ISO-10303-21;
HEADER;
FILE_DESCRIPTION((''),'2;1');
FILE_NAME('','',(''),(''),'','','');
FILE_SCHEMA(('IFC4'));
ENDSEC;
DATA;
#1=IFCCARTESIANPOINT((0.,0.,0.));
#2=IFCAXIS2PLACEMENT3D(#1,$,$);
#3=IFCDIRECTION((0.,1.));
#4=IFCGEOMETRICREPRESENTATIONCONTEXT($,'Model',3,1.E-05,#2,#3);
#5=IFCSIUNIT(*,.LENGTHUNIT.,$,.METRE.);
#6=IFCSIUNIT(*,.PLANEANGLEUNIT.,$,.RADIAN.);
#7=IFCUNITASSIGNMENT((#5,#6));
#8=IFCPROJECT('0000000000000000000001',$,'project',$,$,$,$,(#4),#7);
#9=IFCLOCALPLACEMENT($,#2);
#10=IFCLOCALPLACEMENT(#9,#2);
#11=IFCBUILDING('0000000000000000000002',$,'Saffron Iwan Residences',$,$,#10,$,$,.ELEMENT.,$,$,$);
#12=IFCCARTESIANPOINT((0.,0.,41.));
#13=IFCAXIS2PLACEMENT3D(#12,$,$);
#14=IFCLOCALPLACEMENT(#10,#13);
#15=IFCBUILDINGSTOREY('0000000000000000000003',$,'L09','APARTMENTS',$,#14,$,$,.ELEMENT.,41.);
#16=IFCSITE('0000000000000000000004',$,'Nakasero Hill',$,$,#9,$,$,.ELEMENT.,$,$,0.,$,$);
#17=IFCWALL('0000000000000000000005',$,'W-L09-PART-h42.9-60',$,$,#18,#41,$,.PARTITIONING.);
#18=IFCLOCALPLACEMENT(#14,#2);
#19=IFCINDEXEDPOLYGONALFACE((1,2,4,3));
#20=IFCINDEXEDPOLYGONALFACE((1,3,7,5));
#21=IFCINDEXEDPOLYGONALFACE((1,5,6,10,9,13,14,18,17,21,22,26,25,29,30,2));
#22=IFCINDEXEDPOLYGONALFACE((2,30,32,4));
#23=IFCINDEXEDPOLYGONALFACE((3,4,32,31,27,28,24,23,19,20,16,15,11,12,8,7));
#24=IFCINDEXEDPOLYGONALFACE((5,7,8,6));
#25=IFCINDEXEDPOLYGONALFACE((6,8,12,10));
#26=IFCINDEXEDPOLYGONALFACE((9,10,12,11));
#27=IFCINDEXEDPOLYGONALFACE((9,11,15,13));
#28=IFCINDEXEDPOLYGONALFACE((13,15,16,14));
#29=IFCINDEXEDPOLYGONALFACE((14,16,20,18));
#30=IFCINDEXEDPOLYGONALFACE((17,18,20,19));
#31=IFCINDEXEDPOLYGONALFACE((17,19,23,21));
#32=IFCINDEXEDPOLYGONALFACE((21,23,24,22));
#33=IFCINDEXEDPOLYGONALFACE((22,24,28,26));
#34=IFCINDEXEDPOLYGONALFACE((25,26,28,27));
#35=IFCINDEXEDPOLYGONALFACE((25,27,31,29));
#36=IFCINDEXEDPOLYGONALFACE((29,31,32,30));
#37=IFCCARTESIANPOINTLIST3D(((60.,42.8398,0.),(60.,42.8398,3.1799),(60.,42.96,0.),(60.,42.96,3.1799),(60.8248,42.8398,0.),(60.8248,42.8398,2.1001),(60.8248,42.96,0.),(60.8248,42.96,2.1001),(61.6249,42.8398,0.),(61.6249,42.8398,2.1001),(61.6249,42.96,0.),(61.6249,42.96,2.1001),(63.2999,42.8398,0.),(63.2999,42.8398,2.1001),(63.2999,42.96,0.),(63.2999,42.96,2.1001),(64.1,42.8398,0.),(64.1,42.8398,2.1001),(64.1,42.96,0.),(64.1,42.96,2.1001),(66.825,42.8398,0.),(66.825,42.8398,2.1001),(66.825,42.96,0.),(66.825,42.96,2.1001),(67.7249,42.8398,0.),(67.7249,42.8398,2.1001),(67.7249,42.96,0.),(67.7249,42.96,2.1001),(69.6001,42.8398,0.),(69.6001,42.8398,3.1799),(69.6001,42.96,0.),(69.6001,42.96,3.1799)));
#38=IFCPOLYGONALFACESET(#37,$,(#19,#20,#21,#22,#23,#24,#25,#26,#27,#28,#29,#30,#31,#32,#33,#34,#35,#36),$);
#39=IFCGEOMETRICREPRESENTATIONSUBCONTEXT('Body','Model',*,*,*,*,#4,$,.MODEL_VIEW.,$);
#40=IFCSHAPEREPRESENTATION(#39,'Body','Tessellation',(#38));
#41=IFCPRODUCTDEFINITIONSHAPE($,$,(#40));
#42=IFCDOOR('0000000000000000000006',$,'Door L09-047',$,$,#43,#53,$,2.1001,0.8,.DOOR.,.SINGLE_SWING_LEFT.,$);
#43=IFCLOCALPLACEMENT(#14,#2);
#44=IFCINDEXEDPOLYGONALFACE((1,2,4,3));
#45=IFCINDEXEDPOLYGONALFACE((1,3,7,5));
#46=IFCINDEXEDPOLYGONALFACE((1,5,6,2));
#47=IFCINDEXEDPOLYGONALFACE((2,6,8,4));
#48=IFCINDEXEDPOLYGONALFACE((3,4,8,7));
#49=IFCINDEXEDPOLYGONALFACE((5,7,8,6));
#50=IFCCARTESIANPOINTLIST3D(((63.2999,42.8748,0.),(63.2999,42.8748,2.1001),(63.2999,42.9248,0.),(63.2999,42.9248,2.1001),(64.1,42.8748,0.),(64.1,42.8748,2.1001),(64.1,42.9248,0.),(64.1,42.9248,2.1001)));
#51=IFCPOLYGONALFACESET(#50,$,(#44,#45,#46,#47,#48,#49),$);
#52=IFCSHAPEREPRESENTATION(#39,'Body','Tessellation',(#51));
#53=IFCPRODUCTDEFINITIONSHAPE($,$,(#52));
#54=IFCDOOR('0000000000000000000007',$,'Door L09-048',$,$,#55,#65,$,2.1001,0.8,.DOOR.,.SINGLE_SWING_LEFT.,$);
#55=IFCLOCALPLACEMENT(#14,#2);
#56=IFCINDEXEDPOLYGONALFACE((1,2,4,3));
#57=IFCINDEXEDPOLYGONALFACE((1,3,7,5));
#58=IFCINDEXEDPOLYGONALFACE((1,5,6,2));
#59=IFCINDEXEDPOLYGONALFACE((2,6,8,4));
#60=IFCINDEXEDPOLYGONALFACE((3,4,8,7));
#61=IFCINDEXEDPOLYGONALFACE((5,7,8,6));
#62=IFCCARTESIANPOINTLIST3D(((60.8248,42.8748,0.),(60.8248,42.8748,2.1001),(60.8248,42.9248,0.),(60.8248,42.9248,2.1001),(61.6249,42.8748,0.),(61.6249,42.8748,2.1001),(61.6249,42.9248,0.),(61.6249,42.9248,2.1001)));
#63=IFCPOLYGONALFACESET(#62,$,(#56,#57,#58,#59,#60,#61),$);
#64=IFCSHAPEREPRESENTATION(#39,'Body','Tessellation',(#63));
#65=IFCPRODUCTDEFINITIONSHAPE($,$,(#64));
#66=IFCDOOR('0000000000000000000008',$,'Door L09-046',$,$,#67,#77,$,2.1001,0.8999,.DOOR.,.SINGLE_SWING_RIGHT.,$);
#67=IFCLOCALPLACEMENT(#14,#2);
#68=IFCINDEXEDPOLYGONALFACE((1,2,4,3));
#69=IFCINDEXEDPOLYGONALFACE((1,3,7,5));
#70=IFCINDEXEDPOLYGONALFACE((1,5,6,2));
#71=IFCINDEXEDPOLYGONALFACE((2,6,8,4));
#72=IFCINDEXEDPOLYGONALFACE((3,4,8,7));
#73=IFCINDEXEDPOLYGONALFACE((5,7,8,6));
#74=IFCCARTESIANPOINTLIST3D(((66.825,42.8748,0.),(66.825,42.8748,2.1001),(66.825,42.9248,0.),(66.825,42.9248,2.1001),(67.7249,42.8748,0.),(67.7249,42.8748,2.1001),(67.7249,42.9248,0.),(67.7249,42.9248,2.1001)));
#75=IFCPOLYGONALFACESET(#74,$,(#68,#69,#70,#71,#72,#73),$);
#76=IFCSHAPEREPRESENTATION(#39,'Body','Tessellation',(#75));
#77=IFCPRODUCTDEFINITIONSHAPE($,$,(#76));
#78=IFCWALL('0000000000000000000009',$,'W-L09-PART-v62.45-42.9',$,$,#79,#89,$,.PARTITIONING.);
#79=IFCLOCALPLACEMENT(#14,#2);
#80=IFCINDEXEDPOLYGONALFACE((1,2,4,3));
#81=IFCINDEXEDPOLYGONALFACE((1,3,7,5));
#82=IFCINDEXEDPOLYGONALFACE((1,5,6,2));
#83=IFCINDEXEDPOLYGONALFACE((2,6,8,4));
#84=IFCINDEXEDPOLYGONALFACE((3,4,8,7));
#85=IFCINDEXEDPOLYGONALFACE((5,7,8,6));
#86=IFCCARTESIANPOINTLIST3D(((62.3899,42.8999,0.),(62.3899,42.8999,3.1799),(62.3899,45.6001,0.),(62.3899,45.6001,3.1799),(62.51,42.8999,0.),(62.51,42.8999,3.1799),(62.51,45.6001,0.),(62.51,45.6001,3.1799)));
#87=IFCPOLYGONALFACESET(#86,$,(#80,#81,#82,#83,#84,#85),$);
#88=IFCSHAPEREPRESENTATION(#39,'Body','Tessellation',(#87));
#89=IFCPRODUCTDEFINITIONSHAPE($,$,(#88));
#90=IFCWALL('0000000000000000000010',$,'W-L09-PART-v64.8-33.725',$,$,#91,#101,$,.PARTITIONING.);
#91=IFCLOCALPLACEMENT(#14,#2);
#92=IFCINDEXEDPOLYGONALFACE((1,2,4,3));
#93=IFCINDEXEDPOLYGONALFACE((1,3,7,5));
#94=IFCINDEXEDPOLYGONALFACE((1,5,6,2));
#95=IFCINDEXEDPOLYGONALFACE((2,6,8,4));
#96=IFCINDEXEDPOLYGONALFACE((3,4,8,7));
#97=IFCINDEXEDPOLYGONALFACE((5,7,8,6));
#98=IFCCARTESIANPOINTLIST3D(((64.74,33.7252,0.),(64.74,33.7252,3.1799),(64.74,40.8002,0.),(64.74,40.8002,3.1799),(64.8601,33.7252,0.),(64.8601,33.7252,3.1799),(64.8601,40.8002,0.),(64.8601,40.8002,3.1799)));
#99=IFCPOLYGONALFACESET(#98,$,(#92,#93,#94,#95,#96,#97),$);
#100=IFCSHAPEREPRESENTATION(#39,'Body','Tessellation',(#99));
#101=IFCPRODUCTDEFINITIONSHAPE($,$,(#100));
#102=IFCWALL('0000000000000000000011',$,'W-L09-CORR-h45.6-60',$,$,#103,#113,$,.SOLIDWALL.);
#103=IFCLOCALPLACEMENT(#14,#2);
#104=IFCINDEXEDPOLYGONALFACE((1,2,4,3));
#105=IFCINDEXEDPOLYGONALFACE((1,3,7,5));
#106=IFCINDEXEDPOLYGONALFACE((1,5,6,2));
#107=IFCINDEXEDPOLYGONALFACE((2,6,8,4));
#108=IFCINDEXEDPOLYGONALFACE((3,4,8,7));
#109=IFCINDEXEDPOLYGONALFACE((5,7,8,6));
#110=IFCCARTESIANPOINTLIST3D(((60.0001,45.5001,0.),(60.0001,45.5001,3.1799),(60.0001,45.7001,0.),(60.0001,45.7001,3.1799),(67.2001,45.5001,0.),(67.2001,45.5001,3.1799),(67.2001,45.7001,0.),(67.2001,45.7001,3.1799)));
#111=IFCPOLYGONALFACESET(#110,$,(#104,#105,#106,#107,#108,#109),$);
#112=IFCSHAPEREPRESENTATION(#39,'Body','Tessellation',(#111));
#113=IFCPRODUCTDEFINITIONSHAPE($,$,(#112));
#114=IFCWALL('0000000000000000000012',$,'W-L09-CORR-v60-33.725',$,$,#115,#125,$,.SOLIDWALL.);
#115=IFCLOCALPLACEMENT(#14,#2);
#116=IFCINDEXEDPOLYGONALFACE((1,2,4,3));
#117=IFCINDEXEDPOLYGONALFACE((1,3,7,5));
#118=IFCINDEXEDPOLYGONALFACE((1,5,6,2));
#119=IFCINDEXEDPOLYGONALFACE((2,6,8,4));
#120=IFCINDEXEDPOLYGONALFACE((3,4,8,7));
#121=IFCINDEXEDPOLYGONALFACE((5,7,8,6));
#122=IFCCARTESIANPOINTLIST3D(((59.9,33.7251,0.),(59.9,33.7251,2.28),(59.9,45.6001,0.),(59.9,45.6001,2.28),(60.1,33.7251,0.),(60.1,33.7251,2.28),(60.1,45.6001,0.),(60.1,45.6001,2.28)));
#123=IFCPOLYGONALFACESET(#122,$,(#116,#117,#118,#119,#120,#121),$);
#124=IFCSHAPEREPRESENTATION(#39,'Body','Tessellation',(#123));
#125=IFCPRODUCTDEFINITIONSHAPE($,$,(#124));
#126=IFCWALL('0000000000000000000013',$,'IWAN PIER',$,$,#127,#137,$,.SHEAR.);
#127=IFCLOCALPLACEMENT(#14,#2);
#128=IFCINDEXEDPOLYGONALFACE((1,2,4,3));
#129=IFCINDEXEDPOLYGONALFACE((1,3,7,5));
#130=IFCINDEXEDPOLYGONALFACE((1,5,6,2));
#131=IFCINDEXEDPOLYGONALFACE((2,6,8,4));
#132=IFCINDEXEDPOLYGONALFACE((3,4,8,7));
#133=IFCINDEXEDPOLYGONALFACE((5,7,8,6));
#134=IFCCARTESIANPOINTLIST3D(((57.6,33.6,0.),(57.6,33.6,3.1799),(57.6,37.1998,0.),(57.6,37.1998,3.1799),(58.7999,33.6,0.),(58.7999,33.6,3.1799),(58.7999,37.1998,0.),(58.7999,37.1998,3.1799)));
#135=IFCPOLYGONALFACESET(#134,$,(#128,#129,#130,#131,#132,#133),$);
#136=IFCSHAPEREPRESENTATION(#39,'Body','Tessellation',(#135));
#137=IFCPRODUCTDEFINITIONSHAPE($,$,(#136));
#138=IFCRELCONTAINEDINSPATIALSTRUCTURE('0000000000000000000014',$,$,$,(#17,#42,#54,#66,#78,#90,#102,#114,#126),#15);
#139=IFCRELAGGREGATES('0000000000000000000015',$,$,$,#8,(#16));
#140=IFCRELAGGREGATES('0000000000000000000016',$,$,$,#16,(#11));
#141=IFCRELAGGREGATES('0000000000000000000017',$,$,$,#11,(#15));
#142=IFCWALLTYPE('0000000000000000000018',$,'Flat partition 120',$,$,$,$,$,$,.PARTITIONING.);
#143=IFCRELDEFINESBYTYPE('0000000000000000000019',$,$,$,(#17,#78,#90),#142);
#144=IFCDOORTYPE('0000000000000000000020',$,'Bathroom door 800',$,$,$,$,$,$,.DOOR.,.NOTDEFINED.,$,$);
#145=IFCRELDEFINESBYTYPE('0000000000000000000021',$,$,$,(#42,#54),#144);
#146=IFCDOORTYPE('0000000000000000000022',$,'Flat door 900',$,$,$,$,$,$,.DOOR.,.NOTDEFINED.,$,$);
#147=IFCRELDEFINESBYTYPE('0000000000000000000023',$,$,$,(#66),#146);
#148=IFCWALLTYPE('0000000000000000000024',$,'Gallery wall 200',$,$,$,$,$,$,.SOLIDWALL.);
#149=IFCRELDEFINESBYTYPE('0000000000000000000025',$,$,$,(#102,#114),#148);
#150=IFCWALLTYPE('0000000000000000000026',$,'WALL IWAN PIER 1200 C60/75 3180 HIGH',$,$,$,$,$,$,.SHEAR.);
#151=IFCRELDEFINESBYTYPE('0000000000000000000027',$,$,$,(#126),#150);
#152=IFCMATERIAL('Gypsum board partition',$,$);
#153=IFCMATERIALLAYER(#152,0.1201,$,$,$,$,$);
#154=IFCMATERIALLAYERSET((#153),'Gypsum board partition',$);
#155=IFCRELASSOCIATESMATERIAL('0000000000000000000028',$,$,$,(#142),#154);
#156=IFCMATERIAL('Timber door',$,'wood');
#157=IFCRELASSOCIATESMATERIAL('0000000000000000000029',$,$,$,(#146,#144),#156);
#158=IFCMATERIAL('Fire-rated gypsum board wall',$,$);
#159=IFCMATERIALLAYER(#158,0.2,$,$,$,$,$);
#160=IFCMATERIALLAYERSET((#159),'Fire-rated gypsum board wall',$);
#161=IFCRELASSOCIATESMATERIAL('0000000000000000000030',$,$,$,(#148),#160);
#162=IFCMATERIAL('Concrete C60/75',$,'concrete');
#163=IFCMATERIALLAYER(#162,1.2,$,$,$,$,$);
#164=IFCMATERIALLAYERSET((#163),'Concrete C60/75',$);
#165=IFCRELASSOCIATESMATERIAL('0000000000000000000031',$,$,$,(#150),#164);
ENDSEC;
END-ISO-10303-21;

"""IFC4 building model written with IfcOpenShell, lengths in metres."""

from ifc_helpers import new_model, si_unit, direction, frame, frame_2d, origin, place, context, subcontext, project, spatial, rectangle, extrude, material, layer, layer_set, type_object, element, fill, save


model = new_model("IFC4")

# Units and contexts
model_context = context("Model", 3, precision=1e-05, world=origin(), true_north=direction((0.0, 1.0)))
body_context = subcontext(model_context, "Body", "Model", "MODEL_VIEW")
ifc_project = project(units=[si_unit("LENGTHUNIT", "METRE"), si_unit("PLANEANGLEUNIT", "RADIAN")], contexts=[model_context])

# Site, building, storey
site_placement = place(None, origin())
site = spatial("IfcSite", under=ifc_project, at=site_placement, Name="Nakasero Hill", CompositionType="ELEMENT", RefElevation=0.0)
building_placement = place(site_placement, origin())
building = spatial("IfcBuilding", under=site, at=building_placement, Name="Saffron Iwan Residences", CompositionType="ELEMENT")
storey_placement = place(building_placement, frame((0.0, 0.0, 41.0)))
storey = spatial("IfcBuildingStorey", under=building, at=storey_placement, Name="L09", Description="APARTMENTS", CompositionType="ELEMENT", Elevation=41.0)

# Shared definitions
ifc_material_1 = material(Name="Concrete C60/75", Category="concrete")

# Wall, openings, doors
ifc_material_2 = material(Name="Gypsum board partition")
ifc_layer_1 = layer(ifc_material_2, 0.1201)
ifc_layer_set_1 = layer_set([ifc_layer_1], Name="Gypsum board partition")
wall_type_1 = type_object("IfcWallType", Name="Flat partition 120", PredefinedType="PARTITIONING", material=ifc_layer_set_1)
ifc_material_3 = material(Name="Timber door", Category="wood")
door_type_1 = type_object("IfcDoorType", Name="Flat door 900", OperationType="NOTDEFINED", PredefinedType="DOOR", material=ifc_material_3)
wall_1_placement = place(storey_placement, frame((60.0, 42.8999, 0.0), z_axis=(0.0, 0.0, 1.0), x_axis=(1.0, 0.0, 0.0)))
wall_1 = element("IfcWall", 1, at=wall_1_placement, inside=storey, type_object=wall_type_1, Name="W-L09-PART-h42.9-60", PredefinedType="PARTITIONING", context=body_context, shape_type="SweptSolid", body=[
    extrude(rectangle(XDim=9.6001, YDim=0.1201, at=frame_2d((4.8, 0.0))), origin(), (0.0, 0.0, 1.0), 3.1799),
])
opening_1_placement = place(wall_1_placement, frame((6.825, 0.0, 0.0)))
opening_1 = element("IfcOpeningElement", 2, at=opening_1_placement, cuts=wall_1, PredefinedType="OPENING", context=body_context, shape_type="SweptSolid", body=[
    extrude(rectangle(XDim=0.8999, YDim=2.1001, at=frame_2d((0.45, 1.05))), frame((0.0, 0.0701, 0.0), z_axis=(0.0, -1.0, 0.0), x_axis=(1.0, 0.0, 0.0)), (0.0, 0.0, 1.0), 0.1401),
])
opening_2_placement = place(wall_1_placement, frame((3.3, 0.0, 0.0)))
opening_2 = element("IfcOpeningElement", 3, at=opening_2_placement, cuts=wall_1, PredefinedType="OPENING", context=body_context, shape_type="SweptSolid", body=[
    extrude(rectangle(XDim=0.8, YDim=2.1001, at=frame_2d((0.3999, 1.05))), frame((0.0, 0.0701, 0.0), z_axis=(0.0, -1.0, 0.0), x_axis=(1.0, 0.0, 0.0)), (0.0, 0.0, 1.0), 0.1401),
])
opening_3_placement = place(wall_1_placement, frame((0.825, 0.0, 0.0)))
opening_3 = element("IfcOpeningElement", 4, at=opening_3_placement, cuts=wall_1, PredefinedType="OPENING", context=body_context, shape_type="SweptSolid", body=[
    extrude(rectangle(XDim=0.8, YDim=2.1001, at=frame_2d((0.3999, 1.05))), frame((0.0, 0.0701, 0.0), z_axis=(0.0, -1.0, 0.0), x_axis=(1.0, 0.0, 0.0)), (0.0, 0.0, 1.0), 0.1401),
])
door_type_2 = type_object("IfcDoorType", Name="Bathroom door 800", OperationType="NOTDEFINED", PredefinedType="DOOR", material=ifc_material_3)
door_1_placement = place(opening_2_placement, origin())
door_1 = element("IfcDoor", 5, at=door_1_placement, inside=storey, type_object=door_type_2, Name="Door L09-047", OperationType="SINGLE_SWING_LEFT", OverallHeight=2.1001, OverallWidth=0.8, PredefinedType="DOOR", context=body_context, shape_type="SweptSolid", body=[
    extrude(rectangle(XDim=0.8, YDim=2.1001, at=frame_2d((0.3999, 1.05))), frame((0.0, 0.0249, 0.0), z_axis=(0.0, -1.0, 0.0), x_axis=(1.0, 0.0, 0.0)), (0.0, 0.0, 1.0), 0.05),
])
fill(opening_2, door_1)
door_2_placement = place(opening_3_placement, origin())
door_2 = element("IfcDoor", 6, at=door_2_placement, inside=storey, type_object=door_type_2, Name="Door L09-048", OperationType="SINGLE_SWING_LEFT", OverallHeight=2.1001, OverallWidth=0.8, PredefinedType="DOOR", context=body_context, shape_type="SweptSolid", body=[
    extrude(rectangle(XDim=0.8, YDim=2.1001, at=frame_2d((0.3999, 1.05))), frame((0.0, 0.0249, 0.0), z_axis=(0.0, -1.0, 0.0), x_axis=(1.0, 0.0, 0.0)), (0.0, 0.0, 1.0), 0.05),
])
fill(opening_3, door_2)
door_3_placement = place(opening_1_placement, origin())
door_3 = element("IfcDoor", 7, at=door_3_placement, inside=storey, type_object=door_type_1, Name="Door L09-046", OperationType="SINGLE_SWING_RIGHT", OverallHeight=2.1001, OverallWidth=0.8999, PredefinedType="DOOR", context=body_context, shape_type="SweptSolid", body=[
    extrude(rectangle(XDim=0.8999, YDim=2.1001, at=frame_2d((0.45, 1.05))), frame((0.0, 0.0249, 0.0), z_axis=(0.0, -1.0, 0.0), x_axis=(1.0, 0.0, 0.0)), (0.0, 0.0, 1.0), 0.05),
])
fill(opening_1, door_3)

# Walls
wall_2_placement = place(storey_placement, frame((62.45, 42.8999, 0.0), z_axis=(0.0, 0.0, 1.0), x_axis=(0.0, 1.0, 0.0)))
element("IfcWall", 8, at=wall_2_placement, inside=storey, type_object=wall_type_1, Name="W-L09-PART-v62.45-42.9", PredefinedType="PARTITIONING", context=body_context, shape_type="SweptSolid", body=[
    extrude(rectangle(XDim=2.7002, YDim=0.1201, at=frame_2d((1.3501, 0.0))), origin(), (0.0, 0.0, 1.0), 3.1799),
])
wall_3_placement = place(storey_placement, frame((64.8, 33.7251, 0.0), z_axis=(0.0, 0.0, 1.0), x_axis=(0.0, 1.0, 0.0)))
element("IfcWall", 9, at=wall_3_placement, inside=storey, type_object=wall_type_1, Name="W-L09-PART-v64.8-33.725", PredefinedType="PARTITIONING", context=body_context, shape_type="SweptSolid", body=[
    extrude(rectangle(XDim=7.075, YDim=0.1201, at=frame_2d((3.5376, 0.0))), origin(), (0.0, 0.0, 1.0), 3.1799),
])
ifc_material_4 = material(Name="Fire-rated gypsum board wall")
ifc_layer_2 = layer(ifc_material_4, 0.2)
ifc_layer_set_2 = layer_set([ifc_layer_2], Name="Fire-rated gypsum board wall")
wall_type_2 = type_object("IfcWallType", Name="Gallery wall 200", PredefinedType="SOLIDWALL", material=ifc_layer_set_2)
wall_4_placement = place(storey_placement, frame((60.0, 45.6001, 0.0), z_axis=(0.0, 0.0, 1.0), x_axis=(1.0, 0.0, 0.0)))
element("IfcWall", 10, at=wall_4_placement, inside=storey, type_object=wall_type_2, Name="W-L09-CORR-h45.6-60", PredefinedType="SOLIDWALL", context=body_context, shape_type="SweptSolid", body=[
    extrude(rectangle(XDim=7.2, YDim=0.2, at=frame_2d((3.6001, 0.0))), origin(), (0.0, 0.0, 1.0), 3.1799),
])
wall_5_placement = place(storey_placement, frame((60.0, 33.7251, 0.0), z_axis=(0.0, 0.0, 1.0), x_axis=(0.0, 1.0, 0.0)))
element("IfcWall", 11, at=wall_5_placement, inside=storey, type_object=wall_type_2, Name="W-L09-CORR-v60-33.725", PredefinedType="SOLIDWALL", context=body_context, shape_type="SweptSolid", body=[
    extrude(rectangle(XDim=11.875, YDim=0.2, at=frame_2d((5.9375, 0.0))), origin(), (0.0, 0.0, 1.0), 2.28),
])
ifc_layer_3 = layer(ifc_material_1, 1.2)
ifc_layer_set_3 = layer_set([ifc_layer_3], Name="Concrete C60/75")
wall_type_3 = type_object("IfcWallType", Name="WALL IWAN PIER 1200 C60/75 3180 HIGH", PredefinedType="SHEAR", material=ifc_layer_set_3)
wall_6_placement = place(storey_placement, frame((58.2, 33.6001, 0.0), z_axis=(0.0, 0.0, 1.0), x_axis=(0.0, 1.0, 0.0)))
element("IfcWall", 12, at=wall_6_placement, inside=storey, type_object=wall_type_3, Name="IWAN PIER", PredefinedType="SHEAR", context=body_context, shape_type="SweptSolid", body=[
    extrude(rectangle(XDim=3.5999, YDim=1.2, at=frame_2d((1.7998, 0.0))), origin(), (0.0, 0.0, 1.0), 3.1799),
])

save(model, "model.ifc")
